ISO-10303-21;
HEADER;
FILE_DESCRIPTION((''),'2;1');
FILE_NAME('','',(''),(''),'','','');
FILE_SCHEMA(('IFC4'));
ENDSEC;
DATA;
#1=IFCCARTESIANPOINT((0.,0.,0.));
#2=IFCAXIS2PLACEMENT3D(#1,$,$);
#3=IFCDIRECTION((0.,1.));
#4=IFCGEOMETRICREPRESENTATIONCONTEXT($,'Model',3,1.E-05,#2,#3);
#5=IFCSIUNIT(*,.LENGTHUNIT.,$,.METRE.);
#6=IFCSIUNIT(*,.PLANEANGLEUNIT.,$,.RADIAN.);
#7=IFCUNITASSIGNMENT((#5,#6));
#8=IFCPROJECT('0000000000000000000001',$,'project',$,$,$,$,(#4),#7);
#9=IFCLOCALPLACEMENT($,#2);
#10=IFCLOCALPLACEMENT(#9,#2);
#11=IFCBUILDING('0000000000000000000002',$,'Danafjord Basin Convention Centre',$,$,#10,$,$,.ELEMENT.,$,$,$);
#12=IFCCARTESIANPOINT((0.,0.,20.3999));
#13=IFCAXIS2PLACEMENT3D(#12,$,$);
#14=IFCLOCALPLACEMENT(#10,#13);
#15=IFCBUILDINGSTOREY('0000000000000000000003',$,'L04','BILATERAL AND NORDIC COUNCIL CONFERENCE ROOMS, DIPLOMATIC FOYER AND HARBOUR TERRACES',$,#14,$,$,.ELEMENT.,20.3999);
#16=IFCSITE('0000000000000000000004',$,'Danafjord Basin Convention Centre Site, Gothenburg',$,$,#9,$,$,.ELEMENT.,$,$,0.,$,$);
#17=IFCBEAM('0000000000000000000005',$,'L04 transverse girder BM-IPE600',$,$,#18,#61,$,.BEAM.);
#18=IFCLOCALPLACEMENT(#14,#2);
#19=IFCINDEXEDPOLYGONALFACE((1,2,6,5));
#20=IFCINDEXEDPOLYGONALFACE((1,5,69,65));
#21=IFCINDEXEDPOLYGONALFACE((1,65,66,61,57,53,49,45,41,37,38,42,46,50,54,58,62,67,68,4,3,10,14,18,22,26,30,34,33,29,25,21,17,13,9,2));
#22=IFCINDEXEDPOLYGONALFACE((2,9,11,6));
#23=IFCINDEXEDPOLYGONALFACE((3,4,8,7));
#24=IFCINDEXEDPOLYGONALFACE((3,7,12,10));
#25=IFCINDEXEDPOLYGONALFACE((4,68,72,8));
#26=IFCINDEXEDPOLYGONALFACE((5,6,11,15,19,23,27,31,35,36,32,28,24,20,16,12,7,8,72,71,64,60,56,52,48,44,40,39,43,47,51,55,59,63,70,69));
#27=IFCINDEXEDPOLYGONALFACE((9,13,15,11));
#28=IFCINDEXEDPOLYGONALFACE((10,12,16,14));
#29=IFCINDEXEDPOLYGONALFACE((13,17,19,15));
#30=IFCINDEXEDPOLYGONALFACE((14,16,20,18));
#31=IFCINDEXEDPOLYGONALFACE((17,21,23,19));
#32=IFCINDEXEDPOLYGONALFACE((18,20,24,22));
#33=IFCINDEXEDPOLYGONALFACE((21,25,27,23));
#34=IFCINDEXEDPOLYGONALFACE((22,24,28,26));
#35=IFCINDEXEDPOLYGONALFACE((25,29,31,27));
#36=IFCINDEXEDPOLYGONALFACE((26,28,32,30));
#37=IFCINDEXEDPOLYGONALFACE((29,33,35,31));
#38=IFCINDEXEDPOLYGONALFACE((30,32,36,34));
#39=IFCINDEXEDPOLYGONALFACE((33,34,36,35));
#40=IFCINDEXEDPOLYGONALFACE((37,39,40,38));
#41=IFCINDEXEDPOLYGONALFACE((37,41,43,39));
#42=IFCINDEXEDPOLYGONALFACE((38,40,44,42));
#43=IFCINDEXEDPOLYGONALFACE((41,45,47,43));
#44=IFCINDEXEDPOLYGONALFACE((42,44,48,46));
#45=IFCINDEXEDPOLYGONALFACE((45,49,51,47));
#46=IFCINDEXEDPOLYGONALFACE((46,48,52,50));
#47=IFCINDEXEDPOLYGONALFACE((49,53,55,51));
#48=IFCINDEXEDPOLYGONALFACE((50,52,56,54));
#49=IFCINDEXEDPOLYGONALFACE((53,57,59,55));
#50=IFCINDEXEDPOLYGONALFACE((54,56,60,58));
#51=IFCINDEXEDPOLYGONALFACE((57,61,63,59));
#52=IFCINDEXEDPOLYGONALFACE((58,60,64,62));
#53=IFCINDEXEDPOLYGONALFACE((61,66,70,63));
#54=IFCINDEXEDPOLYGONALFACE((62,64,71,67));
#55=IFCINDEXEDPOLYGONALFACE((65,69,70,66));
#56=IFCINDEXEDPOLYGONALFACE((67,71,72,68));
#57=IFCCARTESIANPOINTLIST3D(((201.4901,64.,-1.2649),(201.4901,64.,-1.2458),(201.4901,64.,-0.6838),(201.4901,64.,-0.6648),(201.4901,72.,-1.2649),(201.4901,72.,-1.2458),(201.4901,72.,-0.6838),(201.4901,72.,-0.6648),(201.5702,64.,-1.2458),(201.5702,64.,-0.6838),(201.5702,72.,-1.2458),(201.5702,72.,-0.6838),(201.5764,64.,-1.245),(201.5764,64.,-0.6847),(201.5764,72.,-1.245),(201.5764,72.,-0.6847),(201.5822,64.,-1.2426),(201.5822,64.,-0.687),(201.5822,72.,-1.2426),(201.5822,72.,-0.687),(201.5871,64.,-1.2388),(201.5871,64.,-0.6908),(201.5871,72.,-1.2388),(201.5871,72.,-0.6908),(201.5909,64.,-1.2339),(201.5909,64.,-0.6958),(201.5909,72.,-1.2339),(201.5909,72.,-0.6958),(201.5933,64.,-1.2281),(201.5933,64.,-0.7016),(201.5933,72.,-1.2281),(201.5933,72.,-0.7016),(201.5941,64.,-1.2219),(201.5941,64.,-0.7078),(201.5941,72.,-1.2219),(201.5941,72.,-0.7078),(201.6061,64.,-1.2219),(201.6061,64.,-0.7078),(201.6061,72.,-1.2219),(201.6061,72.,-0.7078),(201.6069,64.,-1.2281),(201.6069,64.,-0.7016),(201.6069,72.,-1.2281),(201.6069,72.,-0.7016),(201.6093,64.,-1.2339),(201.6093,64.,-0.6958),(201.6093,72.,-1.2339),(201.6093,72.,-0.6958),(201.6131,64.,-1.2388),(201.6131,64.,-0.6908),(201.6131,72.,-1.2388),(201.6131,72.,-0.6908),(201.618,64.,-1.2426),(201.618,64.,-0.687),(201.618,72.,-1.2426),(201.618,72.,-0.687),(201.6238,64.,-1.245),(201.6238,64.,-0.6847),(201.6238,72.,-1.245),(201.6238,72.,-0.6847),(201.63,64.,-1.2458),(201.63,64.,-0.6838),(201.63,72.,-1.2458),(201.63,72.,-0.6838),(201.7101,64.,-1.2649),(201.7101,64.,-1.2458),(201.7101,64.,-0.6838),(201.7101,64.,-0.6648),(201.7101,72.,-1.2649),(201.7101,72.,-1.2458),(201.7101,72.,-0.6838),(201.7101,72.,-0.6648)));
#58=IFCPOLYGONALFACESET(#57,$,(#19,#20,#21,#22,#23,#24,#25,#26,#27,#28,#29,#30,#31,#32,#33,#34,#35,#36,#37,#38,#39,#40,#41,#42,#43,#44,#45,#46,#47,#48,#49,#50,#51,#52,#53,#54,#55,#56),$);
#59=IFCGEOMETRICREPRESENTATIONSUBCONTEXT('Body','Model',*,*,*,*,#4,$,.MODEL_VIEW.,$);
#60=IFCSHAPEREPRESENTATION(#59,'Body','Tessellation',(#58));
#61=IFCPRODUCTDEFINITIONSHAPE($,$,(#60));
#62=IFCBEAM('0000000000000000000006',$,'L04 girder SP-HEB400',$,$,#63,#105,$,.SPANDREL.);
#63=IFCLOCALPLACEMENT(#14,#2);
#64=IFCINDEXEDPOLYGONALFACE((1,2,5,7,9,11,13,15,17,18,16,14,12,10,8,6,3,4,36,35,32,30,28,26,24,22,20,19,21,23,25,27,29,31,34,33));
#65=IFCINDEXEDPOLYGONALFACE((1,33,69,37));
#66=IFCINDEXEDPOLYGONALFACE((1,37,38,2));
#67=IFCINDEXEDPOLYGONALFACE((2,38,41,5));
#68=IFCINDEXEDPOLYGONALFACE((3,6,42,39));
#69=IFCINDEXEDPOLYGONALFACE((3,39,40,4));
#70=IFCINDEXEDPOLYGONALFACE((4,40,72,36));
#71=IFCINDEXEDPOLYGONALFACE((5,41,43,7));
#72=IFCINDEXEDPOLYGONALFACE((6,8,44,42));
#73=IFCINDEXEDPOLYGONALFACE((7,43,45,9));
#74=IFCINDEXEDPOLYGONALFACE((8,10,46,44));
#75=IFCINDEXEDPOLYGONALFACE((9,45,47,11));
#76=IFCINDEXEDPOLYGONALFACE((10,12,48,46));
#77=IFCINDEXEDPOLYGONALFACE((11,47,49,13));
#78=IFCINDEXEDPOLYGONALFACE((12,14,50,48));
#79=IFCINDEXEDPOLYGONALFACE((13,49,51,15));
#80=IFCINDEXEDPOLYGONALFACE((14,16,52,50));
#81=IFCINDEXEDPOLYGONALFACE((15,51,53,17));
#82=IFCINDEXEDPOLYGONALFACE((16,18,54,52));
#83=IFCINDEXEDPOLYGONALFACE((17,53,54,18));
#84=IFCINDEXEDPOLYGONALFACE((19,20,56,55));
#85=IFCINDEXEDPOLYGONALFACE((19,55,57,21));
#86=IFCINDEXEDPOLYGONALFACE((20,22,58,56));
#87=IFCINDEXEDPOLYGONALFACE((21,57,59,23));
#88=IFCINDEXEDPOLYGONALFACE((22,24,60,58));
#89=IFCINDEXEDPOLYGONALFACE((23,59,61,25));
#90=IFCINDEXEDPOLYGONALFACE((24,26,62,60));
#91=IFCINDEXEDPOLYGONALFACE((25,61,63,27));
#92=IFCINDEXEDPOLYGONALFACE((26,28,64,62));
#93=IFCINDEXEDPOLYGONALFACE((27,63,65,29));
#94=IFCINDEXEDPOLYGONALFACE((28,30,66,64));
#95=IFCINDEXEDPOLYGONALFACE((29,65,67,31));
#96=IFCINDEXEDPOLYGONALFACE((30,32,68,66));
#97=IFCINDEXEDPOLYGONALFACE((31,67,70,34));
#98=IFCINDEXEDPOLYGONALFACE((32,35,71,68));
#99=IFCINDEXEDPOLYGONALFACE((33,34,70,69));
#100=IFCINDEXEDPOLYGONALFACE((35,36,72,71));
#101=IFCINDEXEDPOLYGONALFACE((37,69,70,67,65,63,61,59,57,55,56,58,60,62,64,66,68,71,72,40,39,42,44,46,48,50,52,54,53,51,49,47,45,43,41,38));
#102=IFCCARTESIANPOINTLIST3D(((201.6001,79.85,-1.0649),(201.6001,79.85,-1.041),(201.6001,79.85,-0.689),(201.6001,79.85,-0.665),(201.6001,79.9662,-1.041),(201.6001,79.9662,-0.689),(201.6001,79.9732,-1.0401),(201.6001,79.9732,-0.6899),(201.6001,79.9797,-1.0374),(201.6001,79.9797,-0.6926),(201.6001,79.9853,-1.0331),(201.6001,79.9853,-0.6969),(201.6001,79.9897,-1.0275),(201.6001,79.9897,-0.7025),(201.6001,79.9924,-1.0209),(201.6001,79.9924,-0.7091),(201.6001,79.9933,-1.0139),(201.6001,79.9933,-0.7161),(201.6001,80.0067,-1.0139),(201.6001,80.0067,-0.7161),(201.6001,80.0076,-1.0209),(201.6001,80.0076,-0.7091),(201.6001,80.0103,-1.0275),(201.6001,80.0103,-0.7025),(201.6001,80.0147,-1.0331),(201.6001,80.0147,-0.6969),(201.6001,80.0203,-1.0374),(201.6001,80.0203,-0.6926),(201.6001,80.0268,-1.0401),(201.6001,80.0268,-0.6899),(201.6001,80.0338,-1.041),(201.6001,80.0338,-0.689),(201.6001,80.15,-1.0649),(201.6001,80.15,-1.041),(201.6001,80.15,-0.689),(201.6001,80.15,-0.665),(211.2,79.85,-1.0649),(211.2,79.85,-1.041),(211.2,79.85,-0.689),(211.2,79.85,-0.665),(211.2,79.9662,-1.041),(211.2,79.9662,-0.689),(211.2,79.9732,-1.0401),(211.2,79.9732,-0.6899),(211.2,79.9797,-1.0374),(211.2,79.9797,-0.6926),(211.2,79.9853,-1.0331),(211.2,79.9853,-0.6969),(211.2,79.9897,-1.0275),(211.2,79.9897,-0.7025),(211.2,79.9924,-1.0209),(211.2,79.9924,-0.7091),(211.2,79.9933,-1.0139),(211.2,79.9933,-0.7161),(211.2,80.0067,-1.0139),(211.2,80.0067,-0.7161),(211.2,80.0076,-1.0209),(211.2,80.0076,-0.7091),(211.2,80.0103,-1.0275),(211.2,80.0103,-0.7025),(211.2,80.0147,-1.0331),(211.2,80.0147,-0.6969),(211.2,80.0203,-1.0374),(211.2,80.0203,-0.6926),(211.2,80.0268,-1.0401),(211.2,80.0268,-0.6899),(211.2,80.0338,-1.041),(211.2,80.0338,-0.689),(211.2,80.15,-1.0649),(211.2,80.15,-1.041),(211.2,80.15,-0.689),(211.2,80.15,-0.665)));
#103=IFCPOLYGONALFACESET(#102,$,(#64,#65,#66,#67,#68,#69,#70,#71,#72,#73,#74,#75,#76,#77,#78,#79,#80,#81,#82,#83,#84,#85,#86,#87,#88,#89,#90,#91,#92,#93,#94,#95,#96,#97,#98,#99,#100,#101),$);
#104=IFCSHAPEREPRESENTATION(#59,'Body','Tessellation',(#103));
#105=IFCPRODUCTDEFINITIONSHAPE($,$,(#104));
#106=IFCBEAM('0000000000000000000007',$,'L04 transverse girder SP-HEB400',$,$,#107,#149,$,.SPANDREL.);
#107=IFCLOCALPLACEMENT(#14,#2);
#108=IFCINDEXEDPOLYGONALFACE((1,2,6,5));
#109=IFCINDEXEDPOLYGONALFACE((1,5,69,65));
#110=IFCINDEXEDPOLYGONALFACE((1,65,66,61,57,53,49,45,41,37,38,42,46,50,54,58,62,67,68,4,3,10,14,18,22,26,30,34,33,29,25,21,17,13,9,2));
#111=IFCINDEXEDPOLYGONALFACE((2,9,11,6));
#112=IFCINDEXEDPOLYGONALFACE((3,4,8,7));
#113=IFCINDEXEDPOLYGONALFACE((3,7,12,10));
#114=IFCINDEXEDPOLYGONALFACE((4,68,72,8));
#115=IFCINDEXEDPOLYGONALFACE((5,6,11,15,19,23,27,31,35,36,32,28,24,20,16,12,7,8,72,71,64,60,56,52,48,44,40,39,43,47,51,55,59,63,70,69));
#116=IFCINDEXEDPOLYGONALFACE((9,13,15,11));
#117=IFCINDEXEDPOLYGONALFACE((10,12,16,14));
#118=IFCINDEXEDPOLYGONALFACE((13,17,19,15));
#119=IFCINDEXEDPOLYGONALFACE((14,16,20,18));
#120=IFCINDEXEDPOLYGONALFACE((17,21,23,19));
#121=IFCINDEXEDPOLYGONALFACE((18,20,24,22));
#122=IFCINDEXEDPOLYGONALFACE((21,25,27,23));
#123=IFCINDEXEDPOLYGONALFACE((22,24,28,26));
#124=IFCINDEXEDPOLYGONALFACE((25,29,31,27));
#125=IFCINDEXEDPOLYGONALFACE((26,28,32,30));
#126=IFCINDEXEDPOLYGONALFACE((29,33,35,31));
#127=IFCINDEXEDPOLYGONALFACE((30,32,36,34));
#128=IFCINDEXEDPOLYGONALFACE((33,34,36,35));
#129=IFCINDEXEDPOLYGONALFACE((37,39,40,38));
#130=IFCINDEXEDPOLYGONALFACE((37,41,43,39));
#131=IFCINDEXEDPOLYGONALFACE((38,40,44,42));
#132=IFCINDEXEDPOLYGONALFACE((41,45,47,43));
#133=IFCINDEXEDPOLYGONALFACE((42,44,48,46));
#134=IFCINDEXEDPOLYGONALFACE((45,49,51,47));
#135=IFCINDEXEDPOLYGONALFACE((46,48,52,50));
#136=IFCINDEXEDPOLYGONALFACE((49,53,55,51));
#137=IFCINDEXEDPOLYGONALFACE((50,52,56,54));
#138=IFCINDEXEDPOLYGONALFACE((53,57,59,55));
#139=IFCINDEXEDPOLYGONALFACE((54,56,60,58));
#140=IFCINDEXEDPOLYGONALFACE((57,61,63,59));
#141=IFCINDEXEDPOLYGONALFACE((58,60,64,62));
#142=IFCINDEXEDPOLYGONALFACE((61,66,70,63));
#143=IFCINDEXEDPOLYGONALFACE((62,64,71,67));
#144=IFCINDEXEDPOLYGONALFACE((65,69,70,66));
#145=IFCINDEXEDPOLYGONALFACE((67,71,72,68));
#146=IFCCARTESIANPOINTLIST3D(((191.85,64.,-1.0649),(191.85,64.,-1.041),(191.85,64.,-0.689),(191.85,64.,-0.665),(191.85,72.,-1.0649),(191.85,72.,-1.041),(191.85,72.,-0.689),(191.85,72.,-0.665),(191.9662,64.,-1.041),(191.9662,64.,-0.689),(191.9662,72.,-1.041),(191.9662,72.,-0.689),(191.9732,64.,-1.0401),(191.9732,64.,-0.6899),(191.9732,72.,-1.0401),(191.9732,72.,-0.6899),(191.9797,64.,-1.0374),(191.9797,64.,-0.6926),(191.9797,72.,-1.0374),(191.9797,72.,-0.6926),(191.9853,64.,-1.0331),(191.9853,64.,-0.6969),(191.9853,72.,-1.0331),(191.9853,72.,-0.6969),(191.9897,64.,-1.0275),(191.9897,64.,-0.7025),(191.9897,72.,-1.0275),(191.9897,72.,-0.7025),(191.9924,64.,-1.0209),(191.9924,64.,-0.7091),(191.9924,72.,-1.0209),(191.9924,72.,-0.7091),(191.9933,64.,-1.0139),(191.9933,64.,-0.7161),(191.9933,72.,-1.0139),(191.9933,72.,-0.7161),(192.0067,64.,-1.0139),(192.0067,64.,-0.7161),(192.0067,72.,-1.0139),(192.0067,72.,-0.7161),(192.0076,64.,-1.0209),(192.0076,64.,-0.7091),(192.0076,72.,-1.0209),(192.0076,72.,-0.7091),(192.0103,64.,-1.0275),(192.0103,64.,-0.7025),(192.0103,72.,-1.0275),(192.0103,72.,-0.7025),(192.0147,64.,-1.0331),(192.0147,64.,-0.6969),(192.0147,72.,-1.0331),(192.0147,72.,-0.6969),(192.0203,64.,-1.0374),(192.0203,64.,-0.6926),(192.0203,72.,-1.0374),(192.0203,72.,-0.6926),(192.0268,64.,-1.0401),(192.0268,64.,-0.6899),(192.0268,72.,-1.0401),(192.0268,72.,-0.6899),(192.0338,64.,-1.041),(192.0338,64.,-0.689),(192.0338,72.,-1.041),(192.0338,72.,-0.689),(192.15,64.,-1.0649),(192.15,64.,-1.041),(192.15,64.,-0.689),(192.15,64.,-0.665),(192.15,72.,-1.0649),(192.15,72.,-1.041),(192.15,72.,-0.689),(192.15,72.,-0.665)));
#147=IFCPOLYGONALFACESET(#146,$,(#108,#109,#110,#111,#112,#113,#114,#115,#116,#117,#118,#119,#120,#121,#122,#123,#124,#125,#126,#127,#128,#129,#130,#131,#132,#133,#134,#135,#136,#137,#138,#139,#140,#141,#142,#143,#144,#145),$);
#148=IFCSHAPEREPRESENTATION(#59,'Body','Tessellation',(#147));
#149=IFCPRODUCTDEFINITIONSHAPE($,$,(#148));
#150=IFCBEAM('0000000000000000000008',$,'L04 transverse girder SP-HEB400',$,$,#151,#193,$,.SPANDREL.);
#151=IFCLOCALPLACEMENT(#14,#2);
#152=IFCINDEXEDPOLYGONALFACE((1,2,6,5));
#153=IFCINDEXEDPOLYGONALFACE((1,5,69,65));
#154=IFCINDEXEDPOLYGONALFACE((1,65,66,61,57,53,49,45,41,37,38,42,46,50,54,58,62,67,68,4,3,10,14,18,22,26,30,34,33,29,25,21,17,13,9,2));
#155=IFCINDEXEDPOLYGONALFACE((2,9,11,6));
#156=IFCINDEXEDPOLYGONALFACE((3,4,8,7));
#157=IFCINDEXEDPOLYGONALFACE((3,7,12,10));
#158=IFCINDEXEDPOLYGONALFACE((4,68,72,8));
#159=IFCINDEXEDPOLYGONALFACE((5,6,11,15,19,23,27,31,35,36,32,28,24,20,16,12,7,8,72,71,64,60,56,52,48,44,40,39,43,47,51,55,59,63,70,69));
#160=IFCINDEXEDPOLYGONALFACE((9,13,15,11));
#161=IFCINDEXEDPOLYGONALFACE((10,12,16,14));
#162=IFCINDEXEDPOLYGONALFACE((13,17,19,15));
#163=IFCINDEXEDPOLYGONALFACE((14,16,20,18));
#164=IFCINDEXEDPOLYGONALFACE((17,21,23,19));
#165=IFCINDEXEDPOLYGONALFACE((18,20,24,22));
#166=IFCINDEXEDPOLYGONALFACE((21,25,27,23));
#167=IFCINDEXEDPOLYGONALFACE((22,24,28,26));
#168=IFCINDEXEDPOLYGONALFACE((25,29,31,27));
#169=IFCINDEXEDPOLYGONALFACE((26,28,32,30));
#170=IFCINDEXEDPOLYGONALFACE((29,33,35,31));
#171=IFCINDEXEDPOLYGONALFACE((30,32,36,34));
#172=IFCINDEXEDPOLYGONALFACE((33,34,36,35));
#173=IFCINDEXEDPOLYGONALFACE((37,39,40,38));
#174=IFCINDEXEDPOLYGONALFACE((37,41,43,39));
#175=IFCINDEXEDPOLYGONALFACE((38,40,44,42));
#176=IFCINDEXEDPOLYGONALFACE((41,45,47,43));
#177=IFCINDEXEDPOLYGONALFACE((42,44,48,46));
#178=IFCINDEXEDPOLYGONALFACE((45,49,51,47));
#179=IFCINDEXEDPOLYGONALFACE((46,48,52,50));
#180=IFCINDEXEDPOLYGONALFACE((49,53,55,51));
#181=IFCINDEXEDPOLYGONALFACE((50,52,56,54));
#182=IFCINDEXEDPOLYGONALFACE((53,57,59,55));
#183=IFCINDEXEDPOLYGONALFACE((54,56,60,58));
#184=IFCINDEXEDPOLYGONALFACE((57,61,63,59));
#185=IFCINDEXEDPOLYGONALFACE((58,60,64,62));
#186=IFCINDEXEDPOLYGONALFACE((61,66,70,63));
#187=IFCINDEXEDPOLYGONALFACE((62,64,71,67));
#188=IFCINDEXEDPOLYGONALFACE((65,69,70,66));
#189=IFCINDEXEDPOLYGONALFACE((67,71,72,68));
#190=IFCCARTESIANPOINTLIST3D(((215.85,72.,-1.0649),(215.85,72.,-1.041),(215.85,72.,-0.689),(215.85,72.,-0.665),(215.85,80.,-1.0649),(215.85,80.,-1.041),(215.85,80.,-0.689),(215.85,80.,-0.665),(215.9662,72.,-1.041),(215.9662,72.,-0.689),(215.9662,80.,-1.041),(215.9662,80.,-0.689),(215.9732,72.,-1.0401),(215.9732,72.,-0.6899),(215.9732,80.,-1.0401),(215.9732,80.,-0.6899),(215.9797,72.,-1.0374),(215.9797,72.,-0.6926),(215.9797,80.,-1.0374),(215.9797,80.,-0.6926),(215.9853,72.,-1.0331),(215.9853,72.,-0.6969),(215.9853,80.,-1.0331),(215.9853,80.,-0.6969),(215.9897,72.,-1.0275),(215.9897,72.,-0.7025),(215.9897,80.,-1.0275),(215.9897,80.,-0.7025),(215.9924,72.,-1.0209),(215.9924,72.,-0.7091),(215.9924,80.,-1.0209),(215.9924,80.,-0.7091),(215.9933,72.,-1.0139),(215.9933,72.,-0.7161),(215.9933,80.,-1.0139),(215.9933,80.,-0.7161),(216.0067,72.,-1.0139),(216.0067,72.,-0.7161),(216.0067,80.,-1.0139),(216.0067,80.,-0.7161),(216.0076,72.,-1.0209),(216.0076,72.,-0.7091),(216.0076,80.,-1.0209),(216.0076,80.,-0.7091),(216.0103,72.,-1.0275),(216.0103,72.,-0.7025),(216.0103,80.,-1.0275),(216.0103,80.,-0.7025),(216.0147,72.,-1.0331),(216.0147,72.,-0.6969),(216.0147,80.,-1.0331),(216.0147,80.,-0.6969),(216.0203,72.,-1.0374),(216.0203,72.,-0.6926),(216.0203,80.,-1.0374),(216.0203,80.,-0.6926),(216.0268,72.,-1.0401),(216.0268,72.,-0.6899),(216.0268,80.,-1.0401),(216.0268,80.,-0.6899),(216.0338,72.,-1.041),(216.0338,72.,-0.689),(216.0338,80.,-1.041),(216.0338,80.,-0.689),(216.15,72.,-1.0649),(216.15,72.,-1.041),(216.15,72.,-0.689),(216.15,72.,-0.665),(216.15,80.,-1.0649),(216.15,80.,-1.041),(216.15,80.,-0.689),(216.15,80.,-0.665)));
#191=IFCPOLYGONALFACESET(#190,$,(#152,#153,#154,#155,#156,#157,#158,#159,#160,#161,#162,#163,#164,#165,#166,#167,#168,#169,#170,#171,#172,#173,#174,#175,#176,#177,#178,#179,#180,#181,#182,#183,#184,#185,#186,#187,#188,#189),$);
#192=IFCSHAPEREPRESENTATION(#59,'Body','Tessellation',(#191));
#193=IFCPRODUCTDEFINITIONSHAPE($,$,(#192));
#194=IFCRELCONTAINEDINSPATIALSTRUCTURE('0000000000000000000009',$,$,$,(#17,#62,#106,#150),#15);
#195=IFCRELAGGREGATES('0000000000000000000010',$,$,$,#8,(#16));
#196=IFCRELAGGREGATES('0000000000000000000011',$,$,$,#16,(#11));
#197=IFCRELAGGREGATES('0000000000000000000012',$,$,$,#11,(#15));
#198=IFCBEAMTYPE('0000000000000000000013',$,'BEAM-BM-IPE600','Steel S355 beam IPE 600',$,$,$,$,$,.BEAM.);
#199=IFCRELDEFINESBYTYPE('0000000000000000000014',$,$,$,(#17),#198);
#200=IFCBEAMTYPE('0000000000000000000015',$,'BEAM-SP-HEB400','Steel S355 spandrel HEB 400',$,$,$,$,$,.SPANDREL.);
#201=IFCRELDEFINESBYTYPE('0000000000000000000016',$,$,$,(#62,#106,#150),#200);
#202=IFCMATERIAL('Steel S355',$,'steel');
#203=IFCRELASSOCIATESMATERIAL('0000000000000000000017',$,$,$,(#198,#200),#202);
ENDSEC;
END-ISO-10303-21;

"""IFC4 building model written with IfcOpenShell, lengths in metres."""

from ifc_helpers import new_model, si_unit, direction, frame, origin, origin_2d, place, context, subcontext, project, spatial, i_section, extrude, material, material_profile, profile_set, type_object, element, save


model = new_model("IFC4")

# Units and contexts
model_context = context("Model", 3, precision=1e-05, world=origin(), true_north=direction((0.0, 1.0)))
body_context = subcontext(model_context, "Body", "Model", "MODEL_VIEW")
ifc_project = project(units=[si_unit("LENGTHUNIT", "METRE"), si_unit("PLANEANGLEUNIT", "RADIAN")], contexts=[model_context])

# Site, building, storey
site_placement = place(None, origin())
site = spatial("IfcSite", under=ifc_project, at=site_placement, Name="Danafjord Basin Convention Centre Site, Gothenburg", CompositionType="ELEMENT", RefElevation=0.0)
building_placement = place(site_placement, origin())
building = spatial("IfcBuilding", under=site, at=building_placement, Name="Danafjord Basin Convention Centre", CompositionType="ELEMENT")
storey_placement = place(building_placement, frame((0.0, 0.0, 20.3999)))
storey = spatial("IfcBuildingStorey", under=building, at=storey_placement, Name="L04", Description="BILATERAL AND NORDIC COUNCIL CONFERENCE ROOMS, DIPLOMATIC FOYER AND HARBOUR TERRACES", CompositionType="ELEMENT", Elevation=20.3999)

# Beams
ifc_material_1 = material(Name="Steel S355", Category="steel")
ifc_material_profile_1 = material_profile(ifc_material_1, i_section(OverallWidth=0.22, OverallDepth=0.6001, WebThickness=0.012, FlangeThickness=0.019, FilletRadius=0.0239, at=origin_2d()), Name="IPE 600")
ifc_profile_set_1 = profile_set([ifc_material_profile_1], Name="Steel S355")
beam_type_1 = type_object("IfcBeamType", Name="BEAM-BM-IPE600", Description="Steel S355 beam IPE 600", PredefinedType="BEAM", material=ifc_profile_set_1)
beam_1_placement = place(storey_placement, frame((201.6001, 64.0, -0.9648), z_axis=(0.0, 1.0, 0.0), x_axis=(-1.0, 0.0, 0.0)))
element("IfcBeam", 1, at=beam_1_placement, inside=storey, type_object=beam_type_1, Name="L04 transverse girder BM-IPE600", PredefinedType="BEAM", context=body_context, shape_type="SweptSolid", body=[
    extrude(i_section(OverallWidth=0.22, OverallDepth=0.6001, WebThickness=0.012, FlangeThickness=0.019, FilletRadius=0.0239, at=origin_2d()), origin(), (0.0, 0.0, 1.0), 8.0),
])
ifc_material_profile_2 = material_profile(ifc_material_1, i_section(OverallWidth=0.3, OverallDepth=0.3999, WebThickness=0.0134, FlangeThickness=0.0239, FilletRadius=0.0271, at=origin_2d()), Name="HEB 400")
ifc_profile_set_2 = profile_set([ifc_material_profile_2], Name="Steel S355")
beam_type_2 = type_object("IfcBeamType", Name="BEAM-SP-HEB400", Description="Steel S355 spandrel HEB 400", PredefinedType="SPANDREL", material=ifc_profile_set_2)
beam_2_placement = place(storey_placement, frame((201.6001, 80.0, -0.865), z_axis=(1.0, 0.0, 0.0), x_axis=(0.0, 1.0, 0.0)))
element("IfcBeam", 2, at=beam_2_placement, inside=storey, type_object=beam_type_2, Name="L04 girder SP-HEB400", PredefinedType="SPANDREL", context=body_context, shape_type="SweptSolid", body=[
    extrude(i_section(OverallWidth=0.3, OverallDepth=0.3999, WebThickness=0.0134, FlangeThickness=0.0239, FilletRadius=0.0271, at=origin_2d()), origin(), (0.0, 0.0, 1.0), 9.5999),
])
for number, where, z_axis, x_axis, name in (
    (3, (192.0, 64.0, -0.865), (0.0, 1.0, 0.0), (-1.0, 0.0, 0.0), "L04 transverse girder SP-HEB400"),
    (4, (216.0, 72.0, -0.865), (0.0, 1.0, 0.0), (-1.0, 0.0, 0.0), "L04 transverse girder SP-HEB400"),
):
    element("IfcBeam", number, at=place(storey_placement, frame(where, z_axis=z_axis, x_axis=x_axis)), inside=storey, type_object=beam_type_2, Name=name, PredefinedType="SPANDREL", context=body_context, shape_type="SweptSolid", body=[
        extrude(i_section(OverallWidth=0.3, OverallDepth=0.3999, WebThickness=0.0134, FlangeThickness=0.0239, FilletRadius=0.0271, at=origin_2d()), origin(), (0.0, 0.0, 1.0), 8.0),
    ])

save(model, "model.ifc")
